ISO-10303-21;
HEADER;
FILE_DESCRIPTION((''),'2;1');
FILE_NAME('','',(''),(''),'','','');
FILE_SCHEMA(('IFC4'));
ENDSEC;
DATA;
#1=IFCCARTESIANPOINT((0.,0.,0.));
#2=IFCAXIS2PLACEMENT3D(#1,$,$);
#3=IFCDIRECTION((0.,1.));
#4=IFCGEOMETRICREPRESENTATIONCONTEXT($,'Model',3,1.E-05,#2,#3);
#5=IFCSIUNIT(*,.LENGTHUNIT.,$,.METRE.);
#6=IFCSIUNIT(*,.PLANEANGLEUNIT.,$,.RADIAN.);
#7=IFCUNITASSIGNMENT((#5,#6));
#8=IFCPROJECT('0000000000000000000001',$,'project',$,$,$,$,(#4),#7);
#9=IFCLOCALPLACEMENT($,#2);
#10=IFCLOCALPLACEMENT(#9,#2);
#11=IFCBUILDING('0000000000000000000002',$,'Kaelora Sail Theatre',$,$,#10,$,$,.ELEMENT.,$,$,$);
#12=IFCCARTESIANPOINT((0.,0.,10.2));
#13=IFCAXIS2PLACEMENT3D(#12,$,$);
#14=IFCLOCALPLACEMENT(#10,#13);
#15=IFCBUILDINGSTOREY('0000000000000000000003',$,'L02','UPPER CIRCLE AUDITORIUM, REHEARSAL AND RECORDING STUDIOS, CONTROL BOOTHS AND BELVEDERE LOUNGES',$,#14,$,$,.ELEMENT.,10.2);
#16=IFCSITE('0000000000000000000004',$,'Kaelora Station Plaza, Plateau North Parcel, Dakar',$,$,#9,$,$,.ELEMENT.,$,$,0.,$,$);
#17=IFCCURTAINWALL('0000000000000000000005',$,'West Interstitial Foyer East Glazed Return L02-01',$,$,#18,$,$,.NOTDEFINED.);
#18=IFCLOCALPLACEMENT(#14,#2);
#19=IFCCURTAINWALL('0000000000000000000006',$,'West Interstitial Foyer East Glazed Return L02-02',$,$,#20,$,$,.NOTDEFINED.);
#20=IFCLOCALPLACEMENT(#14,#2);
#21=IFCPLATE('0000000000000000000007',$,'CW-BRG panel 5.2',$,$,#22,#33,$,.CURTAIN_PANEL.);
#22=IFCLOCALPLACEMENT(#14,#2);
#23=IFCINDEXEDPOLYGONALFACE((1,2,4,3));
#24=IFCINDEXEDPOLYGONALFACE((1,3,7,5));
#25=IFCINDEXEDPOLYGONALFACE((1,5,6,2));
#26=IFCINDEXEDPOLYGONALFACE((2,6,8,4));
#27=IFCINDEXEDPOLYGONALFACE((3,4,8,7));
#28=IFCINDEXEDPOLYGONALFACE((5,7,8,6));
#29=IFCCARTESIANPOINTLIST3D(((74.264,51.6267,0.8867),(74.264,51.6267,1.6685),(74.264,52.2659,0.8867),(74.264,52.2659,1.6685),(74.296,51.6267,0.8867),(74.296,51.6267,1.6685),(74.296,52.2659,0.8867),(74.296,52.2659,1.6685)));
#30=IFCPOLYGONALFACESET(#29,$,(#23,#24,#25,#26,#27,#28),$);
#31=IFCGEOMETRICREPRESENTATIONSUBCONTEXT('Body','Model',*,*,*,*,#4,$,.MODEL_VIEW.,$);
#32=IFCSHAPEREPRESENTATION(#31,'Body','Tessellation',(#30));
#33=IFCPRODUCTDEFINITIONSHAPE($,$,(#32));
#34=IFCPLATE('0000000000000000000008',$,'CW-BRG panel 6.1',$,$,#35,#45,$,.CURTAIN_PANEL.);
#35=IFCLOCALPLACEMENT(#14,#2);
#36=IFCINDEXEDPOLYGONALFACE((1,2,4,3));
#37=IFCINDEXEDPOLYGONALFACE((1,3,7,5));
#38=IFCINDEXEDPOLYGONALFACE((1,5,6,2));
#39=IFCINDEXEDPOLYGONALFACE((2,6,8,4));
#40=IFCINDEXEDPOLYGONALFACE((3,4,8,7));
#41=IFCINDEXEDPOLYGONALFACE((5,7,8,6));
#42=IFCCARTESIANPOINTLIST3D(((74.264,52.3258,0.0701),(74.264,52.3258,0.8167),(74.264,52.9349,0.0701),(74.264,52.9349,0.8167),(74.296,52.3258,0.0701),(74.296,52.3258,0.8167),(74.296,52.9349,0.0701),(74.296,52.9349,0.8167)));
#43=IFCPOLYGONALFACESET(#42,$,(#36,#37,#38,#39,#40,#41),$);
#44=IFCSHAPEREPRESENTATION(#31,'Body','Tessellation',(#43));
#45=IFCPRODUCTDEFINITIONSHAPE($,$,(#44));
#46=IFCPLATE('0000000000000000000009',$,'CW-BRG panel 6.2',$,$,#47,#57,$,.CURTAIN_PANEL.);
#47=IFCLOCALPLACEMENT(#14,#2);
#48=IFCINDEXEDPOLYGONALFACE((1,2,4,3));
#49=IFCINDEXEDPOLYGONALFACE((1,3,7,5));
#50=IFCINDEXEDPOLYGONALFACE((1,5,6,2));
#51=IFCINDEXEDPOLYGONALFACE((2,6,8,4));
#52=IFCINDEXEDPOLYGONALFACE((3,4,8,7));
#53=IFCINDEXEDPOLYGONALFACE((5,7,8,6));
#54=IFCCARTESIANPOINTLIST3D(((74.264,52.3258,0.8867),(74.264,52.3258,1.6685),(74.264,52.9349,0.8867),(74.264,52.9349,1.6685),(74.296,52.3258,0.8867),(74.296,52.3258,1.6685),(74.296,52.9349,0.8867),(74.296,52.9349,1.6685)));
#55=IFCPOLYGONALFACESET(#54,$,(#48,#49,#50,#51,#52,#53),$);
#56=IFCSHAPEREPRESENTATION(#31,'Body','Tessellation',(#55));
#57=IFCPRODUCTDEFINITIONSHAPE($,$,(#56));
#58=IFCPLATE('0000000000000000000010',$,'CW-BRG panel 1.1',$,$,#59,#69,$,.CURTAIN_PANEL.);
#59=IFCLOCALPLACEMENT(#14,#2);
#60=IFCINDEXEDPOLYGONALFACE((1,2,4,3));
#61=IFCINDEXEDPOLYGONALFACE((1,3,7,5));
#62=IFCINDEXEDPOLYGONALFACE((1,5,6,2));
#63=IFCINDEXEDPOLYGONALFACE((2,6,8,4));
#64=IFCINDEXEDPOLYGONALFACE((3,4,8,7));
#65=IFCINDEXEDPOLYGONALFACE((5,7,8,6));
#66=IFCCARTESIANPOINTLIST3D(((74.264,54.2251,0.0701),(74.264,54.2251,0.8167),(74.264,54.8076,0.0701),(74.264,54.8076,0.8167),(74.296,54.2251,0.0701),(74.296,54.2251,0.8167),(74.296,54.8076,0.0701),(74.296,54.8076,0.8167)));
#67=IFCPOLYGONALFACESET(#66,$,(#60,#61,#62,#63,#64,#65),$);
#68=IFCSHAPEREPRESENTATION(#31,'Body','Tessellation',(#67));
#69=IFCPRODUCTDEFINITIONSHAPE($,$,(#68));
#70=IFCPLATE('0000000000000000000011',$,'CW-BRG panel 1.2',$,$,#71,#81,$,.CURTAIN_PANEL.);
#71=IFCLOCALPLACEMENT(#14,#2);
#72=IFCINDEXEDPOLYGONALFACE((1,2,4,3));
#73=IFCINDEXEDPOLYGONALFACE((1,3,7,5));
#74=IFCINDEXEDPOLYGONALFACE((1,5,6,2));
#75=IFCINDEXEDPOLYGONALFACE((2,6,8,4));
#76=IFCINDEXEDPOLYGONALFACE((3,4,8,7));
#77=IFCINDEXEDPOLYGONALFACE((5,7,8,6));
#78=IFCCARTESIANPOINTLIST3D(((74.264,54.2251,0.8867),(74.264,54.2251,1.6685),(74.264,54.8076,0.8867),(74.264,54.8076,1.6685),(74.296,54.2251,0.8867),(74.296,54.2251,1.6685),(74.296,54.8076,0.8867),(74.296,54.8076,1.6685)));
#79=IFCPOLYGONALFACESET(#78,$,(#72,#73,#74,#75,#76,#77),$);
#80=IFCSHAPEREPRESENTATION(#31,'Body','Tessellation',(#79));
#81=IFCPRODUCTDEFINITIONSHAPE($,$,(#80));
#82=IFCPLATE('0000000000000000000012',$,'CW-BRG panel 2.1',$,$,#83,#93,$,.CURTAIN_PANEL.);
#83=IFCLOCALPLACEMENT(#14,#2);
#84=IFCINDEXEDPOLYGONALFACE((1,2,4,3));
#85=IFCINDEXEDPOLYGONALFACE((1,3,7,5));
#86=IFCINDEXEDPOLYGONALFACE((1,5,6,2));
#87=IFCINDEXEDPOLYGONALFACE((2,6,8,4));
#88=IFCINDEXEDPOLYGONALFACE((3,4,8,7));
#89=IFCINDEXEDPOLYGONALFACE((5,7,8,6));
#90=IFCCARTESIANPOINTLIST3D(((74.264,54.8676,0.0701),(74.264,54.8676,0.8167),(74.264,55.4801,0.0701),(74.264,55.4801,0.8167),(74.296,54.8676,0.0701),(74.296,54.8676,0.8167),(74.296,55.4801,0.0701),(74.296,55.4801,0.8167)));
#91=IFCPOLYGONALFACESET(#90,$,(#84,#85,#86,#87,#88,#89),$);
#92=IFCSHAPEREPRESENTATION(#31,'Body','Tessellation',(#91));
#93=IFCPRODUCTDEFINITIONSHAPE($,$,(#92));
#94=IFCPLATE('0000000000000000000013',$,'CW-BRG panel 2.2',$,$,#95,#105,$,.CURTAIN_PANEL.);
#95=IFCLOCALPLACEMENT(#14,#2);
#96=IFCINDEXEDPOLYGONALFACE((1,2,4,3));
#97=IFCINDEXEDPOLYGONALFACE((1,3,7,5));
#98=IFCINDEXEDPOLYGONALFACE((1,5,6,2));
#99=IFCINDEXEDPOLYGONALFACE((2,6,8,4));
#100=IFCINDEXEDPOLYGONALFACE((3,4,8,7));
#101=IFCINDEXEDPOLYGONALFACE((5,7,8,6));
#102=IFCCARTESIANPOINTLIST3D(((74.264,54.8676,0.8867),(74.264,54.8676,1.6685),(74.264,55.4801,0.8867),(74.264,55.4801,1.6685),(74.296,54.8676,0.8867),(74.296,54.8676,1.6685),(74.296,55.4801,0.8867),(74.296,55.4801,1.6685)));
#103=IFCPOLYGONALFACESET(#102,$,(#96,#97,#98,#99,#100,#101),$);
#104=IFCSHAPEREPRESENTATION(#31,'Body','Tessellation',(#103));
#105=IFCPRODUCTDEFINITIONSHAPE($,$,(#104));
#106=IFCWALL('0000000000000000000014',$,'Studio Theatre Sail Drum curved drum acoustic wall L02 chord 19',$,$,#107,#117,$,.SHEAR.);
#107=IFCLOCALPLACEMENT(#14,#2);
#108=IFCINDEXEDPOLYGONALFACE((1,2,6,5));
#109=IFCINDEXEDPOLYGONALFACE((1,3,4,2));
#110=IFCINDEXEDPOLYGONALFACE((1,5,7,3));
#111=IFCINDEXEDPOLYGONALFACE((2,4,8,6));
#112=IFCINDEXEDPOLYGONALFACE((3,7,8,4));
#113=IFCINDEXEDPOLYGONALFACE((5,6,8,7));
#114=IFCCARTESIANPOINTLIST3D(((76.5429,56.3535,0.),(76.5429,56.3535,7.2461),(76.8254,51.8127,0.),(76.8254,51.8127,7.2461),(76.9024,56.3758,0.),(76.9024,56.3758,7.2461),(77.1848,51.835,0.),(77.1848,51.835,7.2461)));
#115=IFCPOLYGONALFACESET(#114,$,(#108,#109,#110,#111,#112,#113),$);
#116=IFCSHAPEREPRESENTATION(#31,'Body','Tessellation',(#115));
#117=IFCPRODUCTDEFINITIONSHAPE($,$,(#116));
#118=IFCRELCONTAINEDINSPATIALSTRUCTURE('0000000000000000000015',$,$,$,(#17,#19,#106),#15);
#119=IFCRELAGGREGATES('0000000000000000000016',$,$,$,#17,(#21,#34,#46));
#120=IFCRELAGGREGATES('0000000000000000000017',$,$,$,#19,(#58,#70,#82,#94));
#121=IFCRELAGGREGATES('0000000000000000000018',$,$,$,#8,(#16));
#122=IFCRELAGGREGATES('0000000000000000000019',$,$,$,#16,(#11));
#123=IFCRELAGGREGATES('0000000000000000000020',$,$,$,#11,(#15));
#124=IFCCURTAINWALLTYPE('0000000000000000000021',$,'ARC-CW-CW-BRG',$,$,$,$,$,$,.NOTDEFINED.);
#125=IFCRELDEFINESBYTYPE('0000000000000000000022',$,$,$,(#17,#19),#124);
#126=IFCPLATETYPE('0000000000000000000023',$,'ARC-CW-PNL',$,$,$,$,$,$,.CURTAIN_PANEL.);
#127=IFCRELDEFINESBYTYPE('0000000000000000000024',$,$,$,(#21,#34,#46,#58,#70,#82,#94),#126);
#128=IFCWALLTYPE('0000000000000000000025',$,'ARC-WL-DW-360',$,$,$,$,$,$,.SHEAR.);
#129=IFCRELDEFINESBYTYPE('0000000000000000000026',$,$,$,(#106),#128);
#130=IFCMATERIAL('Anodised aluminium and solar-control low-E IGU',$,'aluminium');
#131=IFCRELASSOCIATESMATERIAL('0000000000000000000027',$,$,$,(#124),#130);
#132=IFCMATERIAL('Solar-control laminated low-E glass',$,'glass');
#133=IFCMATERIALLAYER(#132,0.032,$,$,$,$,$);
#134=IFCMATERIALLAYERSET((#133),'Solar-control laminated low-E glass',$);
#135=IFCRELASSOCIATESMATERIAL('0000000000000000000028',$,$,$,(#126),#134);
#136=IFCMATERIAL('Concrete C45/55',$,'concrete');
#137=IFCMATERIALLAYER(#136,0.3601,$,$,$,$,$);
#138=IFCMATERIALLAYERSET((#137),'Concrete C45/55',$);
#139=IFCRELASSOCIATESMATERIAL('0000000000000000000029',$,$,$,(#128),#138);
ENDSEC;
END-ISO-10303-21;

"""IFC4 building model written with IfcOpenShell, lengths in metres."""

from ifc_helpers import new_model, si_unit, direction, frame, frame_2d, origin, origin_2d, place, context, subcontext, project, spatial, rectangle, extrude, material, layer, layer_set, type_object, element, aggregate, save


model = new_model("IFC4")

# Units and contexts
model_context = context("Model", 3, precision=1e-05, world=origin(), true_north=direction((0.0, 1.0)))
body_context = subcontext(model_context, "Body", "Model", "MODEL_VIEW")
ifc_project = project(units=[si_unit("LENGTHUNIT", "METRE"), si_unit("PLANEANGLEUNIT", "RADIAN")], contexts=[model_context])

# Site, building, storey
site_placement = place(None, origin())
site = spatial("IfcSite", under=ifc_project, at=site_placement, Name="Kaelora Station Plaza, Plateau North Parcel, Dakar", CompositionType="ELEMENT", RefElevation=0.0)
building_placement = place(site_placement, origin())
building = spatial("IfcBuilding", under=site, at=building_placement, Name="Kaelora Sail Theatre", CompositionType="ELEMENT")
storey_placement = place(building_placement, frame((0.0, 0.0, 10.2)))
storey = spatial("IfcBuildingStorey", under=building, at=storey_placement, Name="L02", Description="UPPER CIRCLE AUDITORIUM, REHEARSAL AND RECORDING STUDIOS, CONTROL BOOTHS AND BELVEDERE LOUNGES", CompositionType="ELEMENT", Elevation=10.2)

# Curtain walls
ifc_material_1 = material(Name="Anodised aluminium and solar-control low-E IGU", Category="aluminium")
curtain_wall_type = type_object("IfcCurtainWallType", Name="ARC-CW-CW-BRG", PredefinedType="NOTDEFINED", material=ifc_material_1)
curtain_wall_1_placement = place(storey_placement, origin())
curtain_wall_1 = element("IfcCurtainWall", 1, at=curtain_wall_1_placement, inside=storey, type_object=curtain_wall_type, Name="West Interstitial Foyer East Glazed Return L02-01", PredefinedType="NOTDEFINED")
curtain_wall_2_placement = place(storey_placement, origin())
curtain_wall_2 = element("IfcCurtainWall", 2, at=curtain_wall_2_placement, inside=storey, type_object=curtain_wall_type, Name="West Interstitial Foyer East Glazed Return L02-02", PredefinedType="NOTDEFINED")

# Plates
ifc_material_2 = material(Name="Solar-control laminated low-E glass", Category="glass")
ifc_layer_1 = layer(ifc_material_2, 0.032)
ifc_layer_set_1 = layer_set([ifc_layer_1], Name="Solar-control laminated low-E glass")
plate_type = type_object("IfcPlateType", Name="ARC-CW-PNL", PredefinedType="CURTAIN_PANEL", material=ifc_layer_set_1)
plate_1_placement = place(storey_placement, frame((74.28, 51.9463, 0.8867), z_axis=(0.0, 0.0, 1.0), x_axis=(0.0, 1.0, 0.0)))
plate_1 = element("IfcPlate", 3, at=plate_1_placement, type_object=plate_type, Name="CW-BRG panel 5.2", PredefinedType="CURTAIN_PANEL", context=body_context, shape_type="SweptSolid", body=[
    extrude(rectangle(XDim=0.6392, YDim=0.032, at=origin_2d()), origin(), (0.0, 0.0, 1.0), 0.7817),
])
plate_2_placement = place(storey_placement, frame((74.28, 52.6304, 0.0701), z_axis=(0.0, 0.0, 1.0), x_axis=(0.0, 1.0, 0.0)))
plate_2 = element("IfcPlate", 4, at=plate_2_placement, type_object=plate_type, Name="CW-BRG panel 6.1", PredefinedType="CURTAIN_PANEL", context=body_context, shape_type="SweptSolid", body=[
    extrude(rectangle(XDim=0.6091, YDim=0.032, at=origin_2d()), origin(), (0.0, 0.0, 1.0), 0.7466),
])
plate_3_placement = place(storey_placement, frame((74.28, 52.6304, 0.8867), z_axis=(0.0, 0.0, 1.0), x_axis=(0.0, 1.0, 0.0)))
plate_3 = element("IfcPlate", 5, at=plate_3_placement, type_object=plate_type, Name="CW-BRG panel 6.2", PredefinedType="CURTAIN_PANEL", context=body_context, shape_type="SweptSolid", body=[
    extrude(rectangle(XDim=0.6091, YDim=0.032, at=origin_2d()), origin(), (0.0, 0.0, 1.0), 0.7817),
])
aggregate(curtain_wall_1, [plate_1, plate_2, plate_3])
plate_4_placement = place(storey_placement, frame((74.28, 54.5164, 0.0701), z_axis=(0.0, 0.0, 1.0), x_axis=(0.0, 1.0, 0.0)))
plate_4 = element("IfcPlate", 6, at=plate_4_placement, type_object=plate_type, Name="CW-BRG panel 1.1", PredefinedType="CURTAIN_PANEL", context=body_context, shape_type="SweptSolid", body=[
    extrude(rectangle(XDim=0.5825, YDim=0.032, at=origin_2d()), origin(), (0.0, 0.0, 1.0), 0.7466),
])
plate_5_placement = place(storey_placement, frame((74.28, 54.5164, 0.8867), z_axis=(0.0, 0.0, 1.0), x_axis=(0.0, 1.0, 0.0)))
plate_5 = element("IfcPlate", 7, at=plate_5_placement, type_object=plate_type, Name="CW-BRG panel 1.2", PredefinedType="CURTAIN_PANEL", context=body_context, shape_type="SweptSolid", body=[
    extrude(rectangle(XDim=0.5825, YDim=0.032, at=origin_2d()), origin(), (0.0, 0.0, 1.0), 0.7817),
])
plate_6_placement = place(storey_placement, frame((74.28, 55.1738, 0.0701), z_axis=(0.0, 0.0, 1.0), x_axis=(0.0, 1.0, 0.0)))
plate_6 = element("IfcPlate", 8, at=plate_6_placement, type_object=plate_type, Name="CW-BRG panel 2.1", PredefinedType="CURTAIN_PANEL", context=body_context, shape_type="SweptSolid", body=[
    extrude(rectangle(XDim=0.6125, YDim=0.032, at=origin_2d()), origin(), (0.0, 0.0, 1.0), 0.7466),
])
plate_7_placement = place(storey_placement, frame((74.28, 55.1738, 0.8867), z_axis=(0.0, 0.0, 1.0), x_axis=(0.0, 1.0, 0.0)))
plate_7 = element("IfcPlate", 9, at=plate_7_placement, type_object=plate_type, Name="CW-BRG panel 2.2", PredefinedType="CURTAIN_PANEL", context=body_context, shape_type="SweptSolid", body=[
    extrude(rectangle(XDim=0.6125, YDim=0.032, at=origin_2d()), origin(), (0.0, 0.0, 1.0), 0.7817),
])
aggregate(curtain_wall_2, [plate_4, plate_5, plate_6, plate_7])

# Wall
ifc_material_3 = material(Name="Concrete C45/55", Category="concrete")
ifc_layer_2 = layer(ifc_material_3, 0.3601)
ifc_layer_set_2 = layer_set([ifc_layer_2], Name="Concrete C45/55")
wall_type = type_object("IfcWallType", Name="ARC-WL-DW-360", PredefinedType="SHEAR", material=ifc_layer_set_2)
wall_placement = place(storey_placement, frame((77.0051, 51.8237, 0.0), z_axis=(0.0, 0.0, 1.0), x_axis=(-0.062088, 0.998071, 0.0)))
element("IfcWall", 10, at=wall_placement, inside=storey, type_object=wall_type, Name="Studio Theatre Sail Drum curved drum acoustic wall L02 chord 19", PredefinedType="SHEAR", context=body_context, shape_type="SweptSolid", body=[
    extrude(rectangle(XDim=4.5496, YDim=0.3601, at=frame_2d((2.2749, 0.0))), origin(), (0.0, 0.0, 1.0), 7.2461),
])

save(model, "model.ifc")
